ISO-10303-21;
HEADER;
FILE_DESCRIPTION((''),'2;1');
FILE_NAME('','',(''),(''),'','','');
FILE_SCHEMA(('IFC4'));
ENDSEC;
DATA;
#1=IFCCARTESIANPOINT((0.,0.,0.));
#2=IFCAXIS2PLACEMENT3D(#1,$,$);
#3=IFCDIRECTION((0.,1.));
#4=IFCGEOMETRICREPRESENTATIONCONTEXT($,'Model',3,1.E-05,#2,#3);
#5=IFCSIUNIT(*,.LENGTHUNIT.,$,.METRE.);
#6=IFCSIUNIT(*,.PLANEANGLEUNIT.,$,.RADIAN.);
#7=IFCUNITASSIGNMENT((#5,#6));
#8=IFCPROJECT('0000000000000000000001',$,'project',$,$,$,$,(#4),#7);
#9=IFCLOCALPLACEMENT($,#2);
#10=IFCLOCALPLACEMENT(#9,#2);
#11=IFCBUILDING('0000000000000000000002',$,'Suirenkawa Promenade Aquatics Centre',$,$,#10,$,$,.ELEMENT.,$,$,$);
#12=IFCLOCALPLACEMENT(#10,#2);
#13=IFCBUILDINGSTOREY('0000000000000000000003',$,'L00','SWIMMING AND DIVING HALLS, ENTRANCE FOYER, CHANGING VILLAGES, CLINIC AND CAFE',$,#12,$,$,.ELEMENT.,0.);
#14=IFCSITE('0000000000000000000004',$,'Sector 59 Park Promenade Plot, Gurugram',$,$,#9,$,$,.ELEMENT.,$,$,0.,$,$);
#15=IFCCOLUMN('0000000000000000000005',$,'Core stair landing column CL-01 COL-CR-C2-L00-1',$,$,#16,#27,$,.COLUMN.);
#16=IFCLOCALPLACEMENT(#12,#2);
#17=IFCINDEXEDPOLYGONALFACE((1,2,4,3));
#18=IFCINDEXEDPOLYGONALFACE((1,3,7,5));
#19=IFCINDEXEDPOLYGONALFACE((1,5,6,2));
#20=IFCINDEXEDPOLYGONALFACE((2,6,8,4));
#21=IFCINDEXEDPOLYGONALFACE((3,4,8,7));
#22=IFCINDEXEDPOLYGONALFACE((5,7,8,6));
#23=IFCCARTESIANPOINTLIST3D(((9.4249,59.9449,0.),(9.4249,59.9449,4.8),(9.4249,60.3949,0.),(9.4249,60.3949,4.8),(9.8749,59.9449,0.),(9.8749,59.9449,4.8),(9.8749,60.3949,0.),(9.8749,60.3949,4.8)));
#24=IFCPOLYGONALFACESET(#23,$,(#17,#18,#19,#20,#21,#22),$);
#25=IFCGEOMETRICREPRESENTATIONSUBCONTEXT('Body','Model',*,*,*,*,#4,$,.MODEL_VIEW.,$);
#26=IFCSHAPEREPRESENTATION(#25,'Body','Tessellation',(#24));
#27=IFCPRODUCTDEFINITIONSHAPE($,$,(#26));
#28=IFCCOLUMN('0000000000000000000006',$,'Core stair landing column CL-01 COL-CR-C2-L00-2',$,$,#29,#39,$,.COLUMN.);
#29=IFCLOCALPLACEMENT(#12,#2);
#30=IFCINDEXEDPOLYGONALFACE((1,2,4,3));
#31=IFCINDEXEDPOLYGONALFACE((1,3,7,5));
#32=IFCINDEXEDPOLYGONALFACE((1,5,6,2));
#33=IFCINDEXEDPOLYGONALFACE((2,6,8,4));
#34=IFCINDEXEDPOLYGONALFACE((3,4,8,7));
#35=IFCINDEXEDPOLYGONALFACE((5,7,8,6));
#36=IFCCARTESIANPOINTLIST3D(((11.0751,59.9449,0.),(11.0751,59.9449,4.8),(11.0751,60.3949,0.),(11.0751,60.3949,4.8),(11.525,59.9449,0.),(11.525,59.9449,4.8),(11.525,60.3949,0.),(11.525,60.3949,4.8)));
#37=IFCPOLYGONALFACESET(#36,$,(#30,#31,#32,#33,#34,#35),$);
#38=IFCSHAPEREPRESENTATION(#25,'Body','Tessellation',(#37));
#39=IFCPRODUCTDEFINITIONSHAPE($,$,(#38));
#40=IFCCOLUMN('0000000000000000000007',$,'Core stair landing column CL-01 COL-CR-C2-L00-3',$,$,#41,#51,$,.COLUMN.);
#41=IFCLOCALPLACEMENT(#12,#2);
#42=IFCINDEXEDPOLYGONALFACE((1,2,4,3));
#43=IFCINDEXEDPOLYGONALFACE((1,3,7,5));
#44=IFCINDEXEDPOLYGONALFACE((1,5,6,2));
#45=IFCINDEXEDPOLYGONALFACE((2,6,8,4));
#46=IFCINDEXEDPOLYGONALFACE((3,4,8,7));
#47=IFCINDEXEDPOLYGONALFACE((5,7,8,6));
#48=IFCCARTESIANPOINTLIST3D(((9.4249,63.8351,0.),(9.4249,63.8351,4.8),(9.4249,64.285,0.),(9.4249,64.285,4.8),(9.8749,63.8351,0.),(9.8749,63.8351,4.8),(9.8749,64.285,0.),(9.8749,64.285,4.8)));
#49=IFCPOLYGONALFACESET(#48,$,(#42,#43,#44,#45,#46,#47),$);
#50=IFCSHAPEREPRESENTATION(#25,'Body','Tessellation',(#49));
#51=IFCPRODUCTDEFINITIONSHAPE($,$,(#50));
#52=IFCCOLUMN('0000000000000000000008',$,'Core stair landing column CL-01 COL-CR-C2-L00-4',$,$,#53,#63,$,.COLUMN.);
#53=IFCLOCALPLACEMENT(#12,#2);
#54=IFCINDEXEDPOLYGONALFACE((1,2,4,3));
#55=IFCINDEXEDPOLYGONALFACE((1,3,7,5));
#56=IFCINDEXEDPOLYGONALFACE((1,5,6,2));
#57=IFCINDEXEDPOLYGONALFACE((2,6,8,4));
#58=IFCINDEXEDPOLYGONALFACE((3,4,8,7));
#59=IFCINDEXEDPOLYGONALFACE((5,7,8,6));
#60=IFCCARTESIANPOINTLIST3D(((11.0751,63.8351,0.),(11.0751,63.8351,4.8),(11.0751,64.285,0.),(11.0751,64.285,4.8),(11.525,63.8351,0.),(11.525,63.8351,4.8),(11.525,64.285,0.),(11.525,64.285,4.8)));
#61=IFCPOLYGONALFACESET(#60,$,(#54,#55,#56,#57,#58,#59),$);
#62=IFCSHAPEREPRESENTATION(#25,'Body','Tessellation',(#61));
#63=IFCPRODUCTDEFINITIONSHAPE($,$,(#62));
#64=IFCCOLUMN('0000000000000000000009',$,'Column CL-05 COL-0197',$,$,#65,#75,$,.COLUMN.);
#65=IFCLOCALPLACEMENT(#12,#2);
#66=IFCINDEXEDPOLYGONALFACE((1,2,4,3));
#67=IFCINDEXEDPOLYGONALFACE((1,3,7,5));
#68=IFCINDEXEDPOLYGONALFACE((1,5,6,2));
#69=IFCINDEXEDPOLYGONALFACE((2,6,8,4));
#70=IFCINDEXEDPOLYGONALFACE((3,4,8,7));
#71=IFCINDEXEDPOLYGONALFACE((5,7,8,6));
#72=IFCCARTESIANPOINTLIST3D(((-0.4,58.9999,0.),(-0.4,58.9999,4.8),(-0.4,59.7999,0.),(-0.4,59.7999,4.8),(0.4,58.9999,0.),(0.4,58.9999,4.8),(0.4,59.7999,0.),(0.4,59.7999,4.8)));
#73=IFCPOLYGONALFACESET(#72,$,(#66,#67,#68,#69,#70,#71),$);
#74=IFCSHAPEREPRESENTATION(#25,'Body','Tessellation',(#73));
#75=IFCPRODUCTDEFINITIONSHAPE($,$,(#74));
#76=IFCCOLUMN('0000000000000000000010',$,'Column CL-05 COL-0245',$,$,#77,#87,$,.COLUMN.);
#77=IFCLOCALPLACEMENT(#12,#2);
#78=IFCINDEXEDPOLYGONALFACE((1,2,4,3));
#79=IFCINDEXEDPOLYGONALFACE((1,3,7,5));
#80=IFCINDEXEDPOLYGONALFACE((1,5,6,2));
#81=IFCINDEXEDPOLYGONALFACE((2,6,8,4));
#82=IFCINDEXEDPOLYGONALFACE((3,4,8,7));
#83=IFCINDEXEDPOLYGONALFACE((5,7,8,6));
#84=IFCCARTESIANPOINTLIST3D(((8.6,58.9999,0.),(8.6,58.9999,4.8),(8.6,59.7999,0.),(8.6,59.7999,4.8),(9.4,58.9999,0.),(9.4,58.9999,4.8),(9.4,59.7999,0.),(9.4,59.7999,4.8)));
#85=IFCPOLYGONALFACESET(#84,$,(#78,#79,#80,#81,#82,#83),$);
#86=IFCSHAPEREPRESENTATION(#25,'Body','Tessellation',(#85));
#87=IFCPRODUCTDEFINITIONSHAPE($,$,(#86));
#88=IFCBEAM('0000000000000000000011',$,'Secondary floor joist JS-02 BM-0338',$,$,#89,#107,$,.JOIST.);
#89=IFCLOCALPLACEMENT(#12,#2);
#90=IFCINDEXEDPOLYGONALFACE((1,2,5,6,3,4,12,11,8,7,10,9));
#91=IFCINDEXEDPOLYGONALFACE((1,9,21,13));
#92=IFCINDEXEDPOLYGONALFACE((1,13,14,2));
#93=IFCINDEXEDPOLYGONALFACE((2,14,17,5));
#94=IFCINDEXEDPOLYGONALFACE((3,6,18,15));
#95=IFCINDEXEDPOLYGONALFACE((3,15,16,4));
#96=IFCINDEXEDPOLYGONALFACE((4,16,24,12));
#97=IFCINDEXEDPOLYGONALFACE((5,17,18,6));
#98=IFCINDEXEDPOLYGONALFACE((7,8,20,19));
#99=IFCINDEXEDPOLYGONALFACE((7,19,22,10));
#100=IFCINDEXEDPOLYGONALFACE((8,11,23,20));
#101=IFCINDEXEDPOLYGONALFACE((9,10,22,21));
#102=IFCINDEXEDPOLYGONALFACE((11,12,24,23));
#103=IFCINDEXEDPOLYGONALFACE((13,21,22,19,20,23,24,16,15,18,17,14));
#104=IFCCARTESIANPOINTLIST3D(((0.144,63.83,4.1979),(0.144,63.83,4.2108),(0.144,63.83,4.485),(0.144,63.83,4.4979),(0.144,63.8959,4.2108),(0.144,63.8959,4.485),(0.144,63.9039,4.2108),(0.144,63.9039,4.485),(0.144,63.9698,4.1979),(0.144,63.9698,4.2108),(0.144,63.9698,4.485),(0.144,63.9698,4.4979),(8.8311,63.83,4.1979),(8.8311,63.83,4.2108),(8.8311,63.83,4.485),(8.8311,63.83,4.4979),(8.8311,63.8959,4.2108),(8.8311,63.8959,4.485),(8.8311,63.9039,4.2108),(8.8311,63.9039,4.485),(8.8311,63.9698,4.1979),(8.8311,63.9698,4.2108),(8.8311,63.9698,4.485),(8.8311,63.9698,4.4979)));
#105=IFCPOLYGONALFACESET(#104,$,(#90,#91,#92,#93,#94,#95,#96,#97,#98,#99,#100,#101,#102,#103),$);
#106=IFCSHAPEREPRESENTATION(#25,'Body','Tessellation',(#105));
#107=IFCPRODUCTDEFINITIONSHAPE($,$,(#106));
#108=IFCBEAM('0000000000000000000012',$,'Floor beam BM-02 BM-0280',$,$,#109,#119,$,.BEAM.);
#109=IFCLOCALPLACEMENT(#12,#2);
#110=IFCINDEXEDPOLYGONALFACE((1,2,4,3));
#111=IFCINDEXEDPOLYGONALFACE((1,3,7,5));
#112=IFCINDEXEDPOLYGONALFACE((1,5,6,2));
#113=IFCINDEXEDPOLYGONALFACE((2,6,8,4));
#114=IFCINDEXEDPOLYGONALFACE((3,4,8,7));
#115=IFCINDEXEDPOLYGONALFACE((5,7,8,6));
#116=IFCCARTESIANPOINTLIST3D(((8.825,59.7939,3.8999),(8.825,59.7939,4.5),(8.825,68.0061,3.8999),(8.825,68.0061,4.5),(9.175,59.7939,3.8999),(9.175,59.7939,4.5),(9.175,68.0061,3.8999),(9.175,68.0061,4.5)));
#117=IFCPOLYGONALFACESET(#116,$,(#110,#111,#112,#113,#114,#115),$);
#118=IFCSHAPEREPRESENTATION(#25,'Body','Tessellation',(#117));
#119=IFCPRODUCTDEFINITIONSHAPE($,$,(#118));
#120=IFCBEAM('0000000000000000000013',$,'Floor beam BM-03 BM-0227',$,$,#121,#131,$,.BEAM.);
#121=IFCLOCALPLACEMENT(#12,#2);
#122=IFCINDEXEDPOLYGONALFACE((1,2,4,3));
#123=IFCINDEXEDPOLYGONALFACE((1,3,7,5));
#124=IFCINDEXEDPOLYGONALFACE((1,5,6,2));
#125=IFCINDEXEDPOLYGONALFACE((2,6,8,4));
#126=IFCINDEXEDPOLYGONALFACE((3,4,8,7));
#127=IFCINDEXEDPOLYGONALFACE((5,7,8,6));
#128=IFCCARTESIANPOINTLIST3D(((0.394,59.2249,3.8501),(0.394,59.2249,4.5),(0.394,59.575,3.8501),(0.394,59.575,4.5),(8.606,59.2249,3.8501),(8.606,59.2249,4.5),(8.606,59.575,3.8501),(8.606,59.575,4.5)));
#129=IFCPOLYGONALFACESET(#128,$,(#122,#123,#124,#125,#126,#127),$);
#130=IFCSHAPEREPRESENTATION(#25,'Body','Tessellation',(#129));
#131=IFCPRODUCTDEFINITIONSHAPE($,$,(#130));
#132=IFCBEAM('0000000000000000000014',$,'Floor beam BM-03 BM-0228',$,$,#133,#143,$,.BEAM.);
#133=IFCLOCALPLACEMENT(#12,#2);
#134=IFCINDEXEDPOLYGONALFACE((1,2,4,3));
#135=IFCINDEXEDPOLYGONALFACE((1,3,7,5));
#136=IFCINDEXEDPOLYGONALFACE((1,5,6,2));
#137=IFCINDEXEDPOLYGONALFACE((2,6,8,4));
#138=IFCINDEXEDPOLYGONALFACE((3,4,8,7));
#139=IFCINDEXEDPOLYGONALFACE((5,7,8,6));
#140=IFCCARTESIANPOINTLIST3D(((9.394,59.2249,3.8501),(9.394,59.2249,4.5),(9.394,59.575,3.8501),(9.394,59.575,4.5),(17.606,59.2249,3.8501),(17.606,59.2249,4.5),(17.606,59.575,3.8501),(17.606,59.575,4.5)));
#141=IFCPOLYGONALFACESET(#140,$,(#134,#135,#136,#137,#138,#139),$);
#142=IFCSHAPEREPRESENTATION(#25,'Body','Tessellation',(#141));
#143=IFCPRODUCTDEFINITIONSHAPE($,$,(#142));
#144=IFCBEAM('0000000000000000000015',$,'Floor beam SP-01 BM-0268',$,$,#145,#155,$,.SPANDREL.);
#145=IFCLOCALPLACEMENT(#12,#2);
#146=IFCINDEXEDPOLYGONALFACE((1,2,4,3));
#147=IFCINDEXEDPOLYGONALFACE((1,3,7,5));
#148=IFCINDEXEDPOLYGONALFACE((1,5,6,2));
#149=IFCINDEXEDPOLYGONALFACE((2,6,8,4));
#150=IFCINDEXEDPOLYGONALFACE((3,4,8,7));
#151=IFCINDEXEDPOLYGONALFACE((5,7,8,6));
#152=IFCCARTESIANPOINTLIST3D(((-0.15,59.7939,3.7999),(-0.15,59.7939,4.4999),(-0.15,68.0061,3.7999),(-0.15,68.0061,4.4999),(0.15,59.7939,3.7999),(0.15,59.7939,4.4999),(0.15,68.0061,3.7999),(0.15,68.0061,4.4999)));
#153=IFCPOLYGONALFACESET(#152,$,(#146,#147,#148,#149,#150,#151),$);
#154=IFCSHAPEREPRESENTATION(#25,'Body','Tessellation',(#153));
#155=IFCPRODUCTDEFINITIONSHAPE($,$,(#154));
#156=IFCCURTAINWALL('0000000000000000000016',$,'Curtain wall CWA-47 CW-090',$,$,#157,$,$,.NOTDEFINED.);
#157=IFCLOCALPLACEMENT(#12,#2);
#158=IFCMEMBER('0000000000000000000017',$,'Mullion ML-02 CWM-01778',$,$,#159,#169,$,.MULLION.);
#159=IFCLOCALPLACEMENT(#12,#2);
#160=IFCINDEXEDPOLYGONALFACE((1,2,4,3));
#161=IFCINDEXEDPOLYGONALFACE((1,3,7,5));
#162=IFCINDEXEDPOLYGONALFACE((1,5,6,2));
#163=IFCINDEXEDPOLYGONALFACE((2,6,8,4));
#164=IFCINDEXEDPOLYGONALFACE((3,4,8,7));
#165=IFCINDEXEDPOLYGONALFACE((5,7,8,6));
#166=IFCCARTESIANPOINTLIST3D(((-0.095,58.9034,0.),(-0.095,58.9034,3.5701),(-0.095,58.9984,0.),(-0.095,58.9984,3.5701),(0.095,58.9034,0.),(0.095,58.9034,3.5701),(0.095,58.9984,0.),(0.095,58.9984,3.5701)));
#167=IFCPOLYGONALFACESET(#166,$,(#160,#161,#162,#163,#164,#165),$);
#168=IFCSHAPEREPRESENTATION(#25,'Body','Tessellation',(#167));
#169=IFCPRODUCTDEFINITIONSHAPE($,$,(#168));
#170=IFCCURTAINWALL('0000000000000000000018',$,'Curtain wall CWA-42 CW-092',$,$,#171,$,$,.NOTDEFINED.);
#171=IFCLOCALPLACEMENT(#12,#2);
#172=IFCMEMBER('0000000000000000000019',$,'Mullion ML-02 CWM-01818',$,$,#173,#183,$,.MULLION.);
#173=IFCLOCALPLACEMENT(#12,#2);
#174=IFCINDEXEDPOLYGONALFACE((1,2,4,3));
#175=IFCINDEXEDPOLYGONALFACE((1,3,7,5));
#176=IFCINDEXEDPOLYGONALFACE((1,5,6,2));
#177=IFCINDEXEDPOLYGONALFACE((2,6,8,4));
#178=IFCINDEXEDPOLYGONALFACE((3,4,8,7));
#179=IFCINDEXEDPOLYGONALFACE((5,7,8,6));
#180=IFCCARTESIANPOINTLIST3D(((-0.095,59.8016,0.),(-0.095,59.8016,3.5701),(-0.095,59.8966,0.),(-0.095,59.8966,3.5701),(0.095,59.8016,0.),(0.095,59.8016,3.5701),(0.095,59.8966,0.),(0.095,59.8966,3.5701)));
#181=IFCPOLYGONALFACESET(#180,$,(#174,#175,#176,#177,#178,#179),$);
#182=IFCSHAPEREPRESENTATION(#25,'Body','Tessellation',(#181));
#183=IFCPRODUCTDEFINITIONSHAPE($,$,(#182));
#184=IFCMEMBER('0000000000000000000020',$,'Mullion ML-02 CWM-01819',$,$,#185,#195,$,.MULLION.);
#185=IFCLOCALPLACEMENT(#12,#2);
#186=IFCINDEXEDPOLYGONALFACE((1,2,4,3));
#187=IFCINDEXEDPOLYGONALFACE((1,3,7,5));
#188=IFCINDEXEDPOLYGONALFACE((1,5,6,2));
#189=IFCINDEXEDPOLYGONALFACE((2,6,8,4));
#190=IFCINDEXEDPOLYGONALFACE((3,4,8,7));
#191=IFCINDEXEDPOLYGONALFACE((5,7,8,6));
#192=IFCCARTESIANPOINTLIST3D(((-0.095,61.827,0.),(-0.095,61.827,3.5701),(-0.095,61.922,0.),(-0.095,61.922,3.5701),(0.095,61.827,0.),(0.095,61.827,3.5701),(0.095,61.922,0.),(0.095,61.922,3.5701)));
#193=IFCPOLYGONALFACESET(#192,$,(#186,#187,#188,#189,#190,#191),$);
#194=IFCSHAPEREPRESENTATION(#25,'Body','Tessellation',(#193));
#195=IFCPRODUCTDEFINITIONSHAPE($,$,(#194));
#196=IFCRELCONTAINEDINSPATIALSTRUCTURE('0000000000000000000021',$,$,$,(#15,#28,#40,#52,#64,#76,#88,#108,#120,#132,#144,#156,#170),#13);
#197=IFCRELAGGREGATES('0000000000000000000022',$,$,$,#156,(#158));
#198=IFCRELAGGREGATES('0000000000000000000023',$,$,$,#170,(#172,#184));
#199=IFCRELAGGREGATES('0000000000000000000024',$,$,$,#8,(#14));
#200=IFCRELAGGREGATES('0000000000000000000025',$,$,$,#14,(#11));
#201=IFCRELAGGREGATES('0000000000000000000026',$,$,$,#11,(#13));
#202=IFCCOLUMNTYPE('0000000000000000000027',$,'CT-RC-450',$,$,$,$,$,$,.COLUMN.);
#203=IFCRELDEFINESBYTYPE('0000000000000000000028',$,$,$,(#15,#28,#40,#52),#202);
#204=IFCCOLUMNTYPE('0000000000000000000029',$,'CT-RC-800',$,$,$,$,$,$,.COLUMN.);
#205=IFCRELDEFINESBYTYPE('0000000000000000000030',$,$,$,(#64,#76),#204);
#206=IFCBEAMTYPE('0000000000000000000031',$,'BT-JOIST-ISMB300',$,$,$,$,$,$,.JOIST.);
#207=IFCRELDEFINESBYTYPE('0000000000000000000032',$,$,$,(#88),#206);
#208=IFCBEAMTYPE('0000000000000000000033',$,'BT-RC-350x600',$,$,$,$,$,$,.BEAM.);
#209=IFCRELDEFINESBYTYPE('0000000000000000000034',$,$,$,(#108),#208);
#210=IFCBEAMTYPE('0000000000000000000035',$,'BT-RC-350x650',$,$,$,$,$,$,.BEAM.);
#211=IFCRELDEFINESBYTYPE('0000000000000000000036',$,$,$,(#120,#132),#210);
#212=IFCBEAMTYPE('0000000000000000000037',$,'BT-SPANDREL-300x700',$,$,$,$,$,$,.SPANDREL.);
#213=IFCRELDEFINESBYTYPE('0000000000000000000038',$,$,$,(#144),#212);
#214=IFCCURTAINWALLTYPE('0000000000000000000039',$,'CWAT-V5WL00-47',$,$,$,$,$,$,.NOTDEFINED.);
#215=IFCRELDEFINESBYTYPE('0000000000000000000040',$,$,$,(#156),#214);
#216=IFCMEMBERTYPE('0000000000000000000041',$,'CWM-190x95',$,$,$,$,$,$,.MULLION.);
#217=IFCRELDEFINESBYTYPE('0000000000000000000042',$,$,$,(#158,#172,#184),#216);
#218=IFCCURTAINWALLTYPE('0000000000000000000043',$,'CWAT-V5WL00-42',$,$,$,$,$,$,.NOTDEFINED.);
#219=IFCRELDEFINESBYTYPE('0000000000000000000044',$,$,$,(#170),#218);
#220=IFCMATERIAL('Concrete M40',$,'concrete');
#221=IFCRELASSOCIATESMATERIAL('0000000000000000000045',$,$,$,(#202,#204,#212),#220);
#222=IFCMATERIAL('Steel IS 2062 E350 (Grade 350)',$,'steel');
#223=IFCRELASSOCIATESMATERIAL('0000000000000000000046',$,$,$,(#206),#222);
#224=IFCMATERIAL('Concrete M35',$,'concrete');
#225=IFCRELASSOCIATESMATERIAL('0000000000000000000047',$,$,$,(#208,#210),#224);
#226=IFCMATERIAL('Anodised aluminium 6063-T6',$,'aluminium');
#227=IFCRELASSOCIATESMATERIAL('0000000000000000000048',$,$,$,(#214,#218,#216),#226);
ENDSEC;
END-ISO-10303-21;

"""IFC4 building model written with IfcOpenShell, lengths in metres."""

from ifc_helpers import new_model, si_unit, direction, frame, origin, origin_2d, place, context, subcontext, project, spatial, rectangle, i_section, extrude, material, material_profile, profile_set, type_object, element, aggregate, save


model = new_model("IFC4")

# Units and contexts
model_context = context("Model", 3, precision=1e-05, world=origin(), true_north=direction((0.0, 1.0)))
body_context = subcontext(model_context, "Body", "Model", "MODEL_VIEW")
ifc_project = project(units=[si_unit("LENGTHUNIT", "METRE"), si_unit("PLANEANGLEUNIT", "RADIAN")], contexts=[model_context])

# Site, building, storey
site_placement = place(None, origin())
site = spatial("IfcSite", under=ifc_project, at=site_placement, Name="Sector 59 Park Promenade Plot, Gurugram", CompositionType="ELEMENT", RefElevation=0.0)
building_placement = place(site_placement, origin())
building = spatial("IfcBuilding", under=site, at=building_placement, Name="Suirenkawa Promenade Aquatics Centre", CompositionType="ELEMENT")
storey_placement = place(building_placement, origin())
storey = spatial("IfcBuildingStorey", under=building, at=storey_placement, Name="L00", Description="SWIMMING AND DIVING HALLS, ENTRANCE FOYER, CHANGING VILLAGES, CLINIC AND CAFE", CompositionType="ELEMENT", Elevation=0.0)

# Columns
ifc_material_1 = material(Name="Concrete M40", Category="concrete")
ifc_material_profile_1 = material_profile(ifc_material_1, rectangle(XDim=0.45, YDim=0.45, at=origin_2d()), Name="RC COL 450x450", Category="concrete")
ifc_profile_set_1 = profile_set([ifc_material_profile_1], Name="Concrete M40")
column_type_1 = type_object("IfcColumnType", Name="CT-RC-450", PredefinedType="COLUMN", material=ifc_profile_set_1)
for number, where, z_axis, x_axis, name in (
    (1, (9.6499, 60.1699, 0.0), (0.0, 0.0, 1.0), (1.0, 0.0, 0.0), "Core stair landing column CL-01 COL-CR-C2-L00-1"),
    (2, (11.3, 60.1699, 0.0), (0.0, 0.0, 1.0), (1.0, 0.0, 0.0), "Core stair landing column CL-01 COL-CR-C2-L00-2"),
    (3, (9.6499, 64.0601, 0.0), (0.0, 0.0, 1.0), (1.0, 0.0, 0.0), "Core stair landing column CL-01 COL-CR-C2-L00-3"),
    (4, (11.3, 64.0601, 0.0), (0.0, 0.0, 1.0), (1.0, 0.0, 0.0), "Core stair landing column CL-01 COL-CR-C2-L00-4"),
):
    element("IfcColumn", number, at=place(storey_placement, frame(where, z_axis=z_axis, x_axis=x_axis)), inside=storey, type_object=column_type_1, Name=name, PredefinedType="COLUMN", context=body_context, shape_type="SweptSolid", body=[
        extrude(rectangle(XDim=0.45, YDim=0.45, at=origin_2d()), origin(), (0.0, 0.0, 1.0), 4.8),
    ])
ifc_material_profile_2 = material_profile(ifc_material_1, rectangle(XDim=0.8, YDim=0.8, at=origin_2d()), Name="RC COL 800x800", Category="concrete")
ifc_profile_set_2 = profile_set([ifc_material_profile_2], Name="Concrete M40")
column_type_2 = type_object("IfcColumnType", Name="CT-RC-800", PredefinedType="COLUMN", material=ifc_profile_set_2)
for number, where, z_axis, x_axis, name in (
    (5, (0.0, 59.3999, 0.0), (0.0, 0.0, 1.0), (1.0, 0.0, 0.0), "Column CL-05 COL-0197"),
    (6, (9.0, 59.3999, 0.0), (0.0, 0.0, 1.0), (1.0, 0.0, 0.0), "Column CL-05 COL-0245"),
):
    element("IfcColumn", number, at=place(storey_placement, frame(where, z_axis=z_axis, x_axis=x_axis)), inside=storey, type_object=column_type_2, Name=name, PredefinedType="COLUMN", context=body_context, shape_type="SweptSolid", body=[
        extrude(rectangle(XDim=0.8, YDim=0.8, at=origin_2d()), origin(), (0.0, 0.0, 1.0), 4.8),
    ])

# Beams
ifc_material_2 = material(Name="Steel IS 2062 E350 (Grade 350)", Category="steel")
ifc_material_profile_3 = material_profile(ifc_material_2, i_section(OverallWidth=0.1399, OverallDepth=0.3, WebThickness=0.0081, FlangeThickness=0.0129, at=origin_2d()), Name="ISMB 300", Category="steel")
ifc_profile_set_3 = profile_set([ifc_material_profile_3], Name="Steel IS 2062 E350 (Grade 350)")
beam_type_1 = type_object("IfcBeamType", Name="BT-JOIST-ISMB300", PredefinedType="JOIST", material=ifc_profile_set_3)
beam_1_placement = place(storey_placement, frame((0.144, 63.8999, 4.3479), z_axis=(1.0, 0.0, 0.0), x_axis=(0.0, 1.0, 0.0)))
element("IfcBeam", 7, at=beam_1_placement, inside=storey, type_object=beam_type_1, Name="Secondary floor joist JS-02 BM-0338", PredefinedType="JOIST", context=body_context, shape_type="SweptSolid", body=[
    extrude(i_section(OverallWidth=0.1399, OverallDepth=0.3, WebThickness=0.0081, FlangeThickness=0.0129, at=origin_2d()), origin(), (0.0, 0.0, 1.0), 8.687),
])
ifc_material_3 = material(Name="Concrete M35", Category="concrete")
ifc_material_profile_4 = material_profile(ifc_material_3, rectangle(XDim=0.3501, YDim=0.6001, at=origin_2d()), Name="RC BM 350x600", Category="concrete")
ifc_profile_set_4 = profile_set([ifc_material_profile_4], Name="Concrete M35")
beam_type_2 = type_object("IfcBeamType", Name="BT-RC-350x600", PredefinedType="BEAM", material=ifc_profile_set_4)
beam_2_placement = place(storey_placement, frame((9.0, 59.7939, 4.2), z_axis=(0.0, 1.0, 0.0), x_axis=(-1.0, 0.0, 0.0)))
element("IfcBeam", 8, at=beam_2_placement, inside=storey, type_object=beam_type_2, Name="Floor beam BM-02 BM-0280", PredefinedType="BEAM", context=body_context, shape_type="SweptSolid", body=[
    extrude(rectangle(XDim=0.3501, YDim=0.6001, at=origin_2d()), origin(), (0.0, 0.0, 1.0), 8.2122),
])
ifc_material_profile_5 = material_profile(ifc_material_3, rectangle(XDim=0.3501, YDim=0.6499, at=origin_2d()), Name="RC BM 350x650", Category="concrete")
ifc_profile_set_5 = profile_set([ifc_material_profile_5], Name="Concrete M35")
beam_type_3 = type_object("IfcBeamType", Name="BT-RC-350x650", PredefinedType="BEAM", material=ifc_profile_set_5)
for number, where, z_axis, x_axis, name in (
    (9, (0.394, 59.3999, 4.175), (1.0, 0.0, 0.0), (0.0, 1.0, 0.0), "Floor beam BM-03 BM-0227"),
    (10, (9.394, 59.3999, 4.175), (1.0, 0.0, 0.0), (0.0, 1.0, 0.0), "Floor beam BM-03 BM-0228"),
):
    element("IfcBeam", number, at=place(storey_placement, frame(where, z_axis=z_axis, x_axis=x_axis)), inside=storey, type_object=beam_type_3, Name=name, PredefinedType="BEAM", context=body_context, shape_type="SweptSolid", body=[
        extrude(rectangle(XDim=0.3501, YDim=0.6499, at=origin_2d()), origin(), (0.0, 0.0, 1.0), 8.2119),
    ])
ifc_material_profile_6 = material_profile(ifc_material_1, rectangle(XDim=0.3, YDim=0.7, at=origin_2d()), Name="RC SPANDREL 300x700", Category="concrete")
ifc_profile_set_6 = profile_set([ifc_material_profile_6], Name="Concrete M40")
beam_type_4 = type_object("IfcBeamType", Name="BT-SPANDREL-300x700", PredefinedType="SPANDREL", material=ifc_profile_set_6)
beam_3_placement = place(storey_placement, frame((0.0, 59.7939, 4.1499), z_axis=(0.0, 1.0, 0.0), x_axis=(-1.0, 0.0, 0.0)))
element("IfcBeam", 11, at=beam_3_placement, inside=storey, type_object=beam_type_4, Name="Floor beam SP-01 BM-0268", PredefinedType="SPANDREL", context=body_context, shape_type="SweptSolid", body=[
    extrude(rectangle(XDim=0.3, YDim=0.7, at=origin_2d()), origin(), (0.0, 0.0, 1.0), 8.2122),
])

# Curtain wall, member
ifc_material_4 = material(Name="Anodised aluminium 6063-T6", Category="aluminium")
curtain_wall_type_1 = type_object("IfcCurtainWallType", Name="CWAT-V5WL00-47", PredefinedType="NOTDEFINED", material=ifc_material_4)
curtain_wall_1_placement = place(storey_placement, origin())
curtain_wall_1 = element("IfcCurtainWall", 12, at=curtain_wall_1_placement, inside=storey, type_object=curtain_wall_type_1, Name="Curtain wall CWA-47 CW-090", PredefinedType="NOTDEFINED")
ifc_material_profile_7 = material_profile(ifc_material_4, rectangle(XDim=0.095, YDim=0.1899, at=origin_2d()), Name="ALU MULL 95x190", Category="aluminium")
ifc_profile_set_7 = profile_set([ifc_material_profile_7], Name="Anodised aluminium 6063-T6")
member_type_1 = type_object("IfcMemberType", Name="CWM-190x95", PredefinedType="MULLION", material=ifc_profile_set_7)
member_1_placement = place(storey_placement, frame((0.0, 58.9509, 0.0), z_axis=(0.0, 0.0, 1.0), x_axis=(0.0, 1.0, 0.0)))
member_1 = element("IfcMember", 13, at=member_1_placement, type_object=member_type_1, Name="Mullion ML-02 CWM-01778", PredefinedType="MULLION", context=body_context, shape_type="SweptSolid", body=[
    extrude(rectangle(XDim=0.095, YDim=0.1899, at=origin_2d()), origin(), (0.0, 0.0, 1.0), 3.5701),
])
aggregate(curtain_wall_1, [member_1])

# Curtain wall, members
curtain_wall_type_2 = type_object("IfcCurtainWallType", Name="CWAT-V5WL00-42", PredefinedType="NOTDEFINED", material=ifc_material_4)
curtain_wall_2_placement = place(storey_placement, origin())
curtain_wall_2 = element("IfcCurtainWall", 14, at=curtain_wall_2_placement, inside=storey, type_object=curtain_wall_type_2, Name="Curtain wall CWA-42 CW-092", PredefinedType="NOTDEFINED")
member_2_placement = place(storey_placement, frame((0.0, 59.8491, 0.0), z_axis=(0.0, 0.0, 1.0), x_axis=(0.0, 1.0, 0.0)))
member_2 = element("IfcMember", 15, at=member_2_placement, type_object=member_type_1, Name="Mullion ML-02 CWM-01818", PredefinedType="MULLION", context=body_context, shape_type="SweptSolid", body=[
    extrude(rectangle(XDim=0.095, YDim=0.1899, at=origin_2d()), origin(), (0.0, 0.0, 1.0), 3.5701),
])
member_3_placement = place(storey_placement, frame((0.0, 61.8745, 0.0), z_axis=(0.0, 0.0, 1.0), x_axis=(0.0, 1.0, 0.0)))
member_3 = element("IfcMember", 16, at=member_3_placement, type_object=member_type_1, Name="Mullion ML-02 CWM-01819", PredefinedType="MULLION", context=body_context, shape_type="SweptSolid", body=[
    extrude(rectangle(XDim=0.095, YDim=0.1899, at=origin_2d()), origin(), (0.0, 0.0, 1.0), 3.5701),
])
aggregate(curtain_wall_2, [member_2, member_3])

save(model, "model.ifc")
